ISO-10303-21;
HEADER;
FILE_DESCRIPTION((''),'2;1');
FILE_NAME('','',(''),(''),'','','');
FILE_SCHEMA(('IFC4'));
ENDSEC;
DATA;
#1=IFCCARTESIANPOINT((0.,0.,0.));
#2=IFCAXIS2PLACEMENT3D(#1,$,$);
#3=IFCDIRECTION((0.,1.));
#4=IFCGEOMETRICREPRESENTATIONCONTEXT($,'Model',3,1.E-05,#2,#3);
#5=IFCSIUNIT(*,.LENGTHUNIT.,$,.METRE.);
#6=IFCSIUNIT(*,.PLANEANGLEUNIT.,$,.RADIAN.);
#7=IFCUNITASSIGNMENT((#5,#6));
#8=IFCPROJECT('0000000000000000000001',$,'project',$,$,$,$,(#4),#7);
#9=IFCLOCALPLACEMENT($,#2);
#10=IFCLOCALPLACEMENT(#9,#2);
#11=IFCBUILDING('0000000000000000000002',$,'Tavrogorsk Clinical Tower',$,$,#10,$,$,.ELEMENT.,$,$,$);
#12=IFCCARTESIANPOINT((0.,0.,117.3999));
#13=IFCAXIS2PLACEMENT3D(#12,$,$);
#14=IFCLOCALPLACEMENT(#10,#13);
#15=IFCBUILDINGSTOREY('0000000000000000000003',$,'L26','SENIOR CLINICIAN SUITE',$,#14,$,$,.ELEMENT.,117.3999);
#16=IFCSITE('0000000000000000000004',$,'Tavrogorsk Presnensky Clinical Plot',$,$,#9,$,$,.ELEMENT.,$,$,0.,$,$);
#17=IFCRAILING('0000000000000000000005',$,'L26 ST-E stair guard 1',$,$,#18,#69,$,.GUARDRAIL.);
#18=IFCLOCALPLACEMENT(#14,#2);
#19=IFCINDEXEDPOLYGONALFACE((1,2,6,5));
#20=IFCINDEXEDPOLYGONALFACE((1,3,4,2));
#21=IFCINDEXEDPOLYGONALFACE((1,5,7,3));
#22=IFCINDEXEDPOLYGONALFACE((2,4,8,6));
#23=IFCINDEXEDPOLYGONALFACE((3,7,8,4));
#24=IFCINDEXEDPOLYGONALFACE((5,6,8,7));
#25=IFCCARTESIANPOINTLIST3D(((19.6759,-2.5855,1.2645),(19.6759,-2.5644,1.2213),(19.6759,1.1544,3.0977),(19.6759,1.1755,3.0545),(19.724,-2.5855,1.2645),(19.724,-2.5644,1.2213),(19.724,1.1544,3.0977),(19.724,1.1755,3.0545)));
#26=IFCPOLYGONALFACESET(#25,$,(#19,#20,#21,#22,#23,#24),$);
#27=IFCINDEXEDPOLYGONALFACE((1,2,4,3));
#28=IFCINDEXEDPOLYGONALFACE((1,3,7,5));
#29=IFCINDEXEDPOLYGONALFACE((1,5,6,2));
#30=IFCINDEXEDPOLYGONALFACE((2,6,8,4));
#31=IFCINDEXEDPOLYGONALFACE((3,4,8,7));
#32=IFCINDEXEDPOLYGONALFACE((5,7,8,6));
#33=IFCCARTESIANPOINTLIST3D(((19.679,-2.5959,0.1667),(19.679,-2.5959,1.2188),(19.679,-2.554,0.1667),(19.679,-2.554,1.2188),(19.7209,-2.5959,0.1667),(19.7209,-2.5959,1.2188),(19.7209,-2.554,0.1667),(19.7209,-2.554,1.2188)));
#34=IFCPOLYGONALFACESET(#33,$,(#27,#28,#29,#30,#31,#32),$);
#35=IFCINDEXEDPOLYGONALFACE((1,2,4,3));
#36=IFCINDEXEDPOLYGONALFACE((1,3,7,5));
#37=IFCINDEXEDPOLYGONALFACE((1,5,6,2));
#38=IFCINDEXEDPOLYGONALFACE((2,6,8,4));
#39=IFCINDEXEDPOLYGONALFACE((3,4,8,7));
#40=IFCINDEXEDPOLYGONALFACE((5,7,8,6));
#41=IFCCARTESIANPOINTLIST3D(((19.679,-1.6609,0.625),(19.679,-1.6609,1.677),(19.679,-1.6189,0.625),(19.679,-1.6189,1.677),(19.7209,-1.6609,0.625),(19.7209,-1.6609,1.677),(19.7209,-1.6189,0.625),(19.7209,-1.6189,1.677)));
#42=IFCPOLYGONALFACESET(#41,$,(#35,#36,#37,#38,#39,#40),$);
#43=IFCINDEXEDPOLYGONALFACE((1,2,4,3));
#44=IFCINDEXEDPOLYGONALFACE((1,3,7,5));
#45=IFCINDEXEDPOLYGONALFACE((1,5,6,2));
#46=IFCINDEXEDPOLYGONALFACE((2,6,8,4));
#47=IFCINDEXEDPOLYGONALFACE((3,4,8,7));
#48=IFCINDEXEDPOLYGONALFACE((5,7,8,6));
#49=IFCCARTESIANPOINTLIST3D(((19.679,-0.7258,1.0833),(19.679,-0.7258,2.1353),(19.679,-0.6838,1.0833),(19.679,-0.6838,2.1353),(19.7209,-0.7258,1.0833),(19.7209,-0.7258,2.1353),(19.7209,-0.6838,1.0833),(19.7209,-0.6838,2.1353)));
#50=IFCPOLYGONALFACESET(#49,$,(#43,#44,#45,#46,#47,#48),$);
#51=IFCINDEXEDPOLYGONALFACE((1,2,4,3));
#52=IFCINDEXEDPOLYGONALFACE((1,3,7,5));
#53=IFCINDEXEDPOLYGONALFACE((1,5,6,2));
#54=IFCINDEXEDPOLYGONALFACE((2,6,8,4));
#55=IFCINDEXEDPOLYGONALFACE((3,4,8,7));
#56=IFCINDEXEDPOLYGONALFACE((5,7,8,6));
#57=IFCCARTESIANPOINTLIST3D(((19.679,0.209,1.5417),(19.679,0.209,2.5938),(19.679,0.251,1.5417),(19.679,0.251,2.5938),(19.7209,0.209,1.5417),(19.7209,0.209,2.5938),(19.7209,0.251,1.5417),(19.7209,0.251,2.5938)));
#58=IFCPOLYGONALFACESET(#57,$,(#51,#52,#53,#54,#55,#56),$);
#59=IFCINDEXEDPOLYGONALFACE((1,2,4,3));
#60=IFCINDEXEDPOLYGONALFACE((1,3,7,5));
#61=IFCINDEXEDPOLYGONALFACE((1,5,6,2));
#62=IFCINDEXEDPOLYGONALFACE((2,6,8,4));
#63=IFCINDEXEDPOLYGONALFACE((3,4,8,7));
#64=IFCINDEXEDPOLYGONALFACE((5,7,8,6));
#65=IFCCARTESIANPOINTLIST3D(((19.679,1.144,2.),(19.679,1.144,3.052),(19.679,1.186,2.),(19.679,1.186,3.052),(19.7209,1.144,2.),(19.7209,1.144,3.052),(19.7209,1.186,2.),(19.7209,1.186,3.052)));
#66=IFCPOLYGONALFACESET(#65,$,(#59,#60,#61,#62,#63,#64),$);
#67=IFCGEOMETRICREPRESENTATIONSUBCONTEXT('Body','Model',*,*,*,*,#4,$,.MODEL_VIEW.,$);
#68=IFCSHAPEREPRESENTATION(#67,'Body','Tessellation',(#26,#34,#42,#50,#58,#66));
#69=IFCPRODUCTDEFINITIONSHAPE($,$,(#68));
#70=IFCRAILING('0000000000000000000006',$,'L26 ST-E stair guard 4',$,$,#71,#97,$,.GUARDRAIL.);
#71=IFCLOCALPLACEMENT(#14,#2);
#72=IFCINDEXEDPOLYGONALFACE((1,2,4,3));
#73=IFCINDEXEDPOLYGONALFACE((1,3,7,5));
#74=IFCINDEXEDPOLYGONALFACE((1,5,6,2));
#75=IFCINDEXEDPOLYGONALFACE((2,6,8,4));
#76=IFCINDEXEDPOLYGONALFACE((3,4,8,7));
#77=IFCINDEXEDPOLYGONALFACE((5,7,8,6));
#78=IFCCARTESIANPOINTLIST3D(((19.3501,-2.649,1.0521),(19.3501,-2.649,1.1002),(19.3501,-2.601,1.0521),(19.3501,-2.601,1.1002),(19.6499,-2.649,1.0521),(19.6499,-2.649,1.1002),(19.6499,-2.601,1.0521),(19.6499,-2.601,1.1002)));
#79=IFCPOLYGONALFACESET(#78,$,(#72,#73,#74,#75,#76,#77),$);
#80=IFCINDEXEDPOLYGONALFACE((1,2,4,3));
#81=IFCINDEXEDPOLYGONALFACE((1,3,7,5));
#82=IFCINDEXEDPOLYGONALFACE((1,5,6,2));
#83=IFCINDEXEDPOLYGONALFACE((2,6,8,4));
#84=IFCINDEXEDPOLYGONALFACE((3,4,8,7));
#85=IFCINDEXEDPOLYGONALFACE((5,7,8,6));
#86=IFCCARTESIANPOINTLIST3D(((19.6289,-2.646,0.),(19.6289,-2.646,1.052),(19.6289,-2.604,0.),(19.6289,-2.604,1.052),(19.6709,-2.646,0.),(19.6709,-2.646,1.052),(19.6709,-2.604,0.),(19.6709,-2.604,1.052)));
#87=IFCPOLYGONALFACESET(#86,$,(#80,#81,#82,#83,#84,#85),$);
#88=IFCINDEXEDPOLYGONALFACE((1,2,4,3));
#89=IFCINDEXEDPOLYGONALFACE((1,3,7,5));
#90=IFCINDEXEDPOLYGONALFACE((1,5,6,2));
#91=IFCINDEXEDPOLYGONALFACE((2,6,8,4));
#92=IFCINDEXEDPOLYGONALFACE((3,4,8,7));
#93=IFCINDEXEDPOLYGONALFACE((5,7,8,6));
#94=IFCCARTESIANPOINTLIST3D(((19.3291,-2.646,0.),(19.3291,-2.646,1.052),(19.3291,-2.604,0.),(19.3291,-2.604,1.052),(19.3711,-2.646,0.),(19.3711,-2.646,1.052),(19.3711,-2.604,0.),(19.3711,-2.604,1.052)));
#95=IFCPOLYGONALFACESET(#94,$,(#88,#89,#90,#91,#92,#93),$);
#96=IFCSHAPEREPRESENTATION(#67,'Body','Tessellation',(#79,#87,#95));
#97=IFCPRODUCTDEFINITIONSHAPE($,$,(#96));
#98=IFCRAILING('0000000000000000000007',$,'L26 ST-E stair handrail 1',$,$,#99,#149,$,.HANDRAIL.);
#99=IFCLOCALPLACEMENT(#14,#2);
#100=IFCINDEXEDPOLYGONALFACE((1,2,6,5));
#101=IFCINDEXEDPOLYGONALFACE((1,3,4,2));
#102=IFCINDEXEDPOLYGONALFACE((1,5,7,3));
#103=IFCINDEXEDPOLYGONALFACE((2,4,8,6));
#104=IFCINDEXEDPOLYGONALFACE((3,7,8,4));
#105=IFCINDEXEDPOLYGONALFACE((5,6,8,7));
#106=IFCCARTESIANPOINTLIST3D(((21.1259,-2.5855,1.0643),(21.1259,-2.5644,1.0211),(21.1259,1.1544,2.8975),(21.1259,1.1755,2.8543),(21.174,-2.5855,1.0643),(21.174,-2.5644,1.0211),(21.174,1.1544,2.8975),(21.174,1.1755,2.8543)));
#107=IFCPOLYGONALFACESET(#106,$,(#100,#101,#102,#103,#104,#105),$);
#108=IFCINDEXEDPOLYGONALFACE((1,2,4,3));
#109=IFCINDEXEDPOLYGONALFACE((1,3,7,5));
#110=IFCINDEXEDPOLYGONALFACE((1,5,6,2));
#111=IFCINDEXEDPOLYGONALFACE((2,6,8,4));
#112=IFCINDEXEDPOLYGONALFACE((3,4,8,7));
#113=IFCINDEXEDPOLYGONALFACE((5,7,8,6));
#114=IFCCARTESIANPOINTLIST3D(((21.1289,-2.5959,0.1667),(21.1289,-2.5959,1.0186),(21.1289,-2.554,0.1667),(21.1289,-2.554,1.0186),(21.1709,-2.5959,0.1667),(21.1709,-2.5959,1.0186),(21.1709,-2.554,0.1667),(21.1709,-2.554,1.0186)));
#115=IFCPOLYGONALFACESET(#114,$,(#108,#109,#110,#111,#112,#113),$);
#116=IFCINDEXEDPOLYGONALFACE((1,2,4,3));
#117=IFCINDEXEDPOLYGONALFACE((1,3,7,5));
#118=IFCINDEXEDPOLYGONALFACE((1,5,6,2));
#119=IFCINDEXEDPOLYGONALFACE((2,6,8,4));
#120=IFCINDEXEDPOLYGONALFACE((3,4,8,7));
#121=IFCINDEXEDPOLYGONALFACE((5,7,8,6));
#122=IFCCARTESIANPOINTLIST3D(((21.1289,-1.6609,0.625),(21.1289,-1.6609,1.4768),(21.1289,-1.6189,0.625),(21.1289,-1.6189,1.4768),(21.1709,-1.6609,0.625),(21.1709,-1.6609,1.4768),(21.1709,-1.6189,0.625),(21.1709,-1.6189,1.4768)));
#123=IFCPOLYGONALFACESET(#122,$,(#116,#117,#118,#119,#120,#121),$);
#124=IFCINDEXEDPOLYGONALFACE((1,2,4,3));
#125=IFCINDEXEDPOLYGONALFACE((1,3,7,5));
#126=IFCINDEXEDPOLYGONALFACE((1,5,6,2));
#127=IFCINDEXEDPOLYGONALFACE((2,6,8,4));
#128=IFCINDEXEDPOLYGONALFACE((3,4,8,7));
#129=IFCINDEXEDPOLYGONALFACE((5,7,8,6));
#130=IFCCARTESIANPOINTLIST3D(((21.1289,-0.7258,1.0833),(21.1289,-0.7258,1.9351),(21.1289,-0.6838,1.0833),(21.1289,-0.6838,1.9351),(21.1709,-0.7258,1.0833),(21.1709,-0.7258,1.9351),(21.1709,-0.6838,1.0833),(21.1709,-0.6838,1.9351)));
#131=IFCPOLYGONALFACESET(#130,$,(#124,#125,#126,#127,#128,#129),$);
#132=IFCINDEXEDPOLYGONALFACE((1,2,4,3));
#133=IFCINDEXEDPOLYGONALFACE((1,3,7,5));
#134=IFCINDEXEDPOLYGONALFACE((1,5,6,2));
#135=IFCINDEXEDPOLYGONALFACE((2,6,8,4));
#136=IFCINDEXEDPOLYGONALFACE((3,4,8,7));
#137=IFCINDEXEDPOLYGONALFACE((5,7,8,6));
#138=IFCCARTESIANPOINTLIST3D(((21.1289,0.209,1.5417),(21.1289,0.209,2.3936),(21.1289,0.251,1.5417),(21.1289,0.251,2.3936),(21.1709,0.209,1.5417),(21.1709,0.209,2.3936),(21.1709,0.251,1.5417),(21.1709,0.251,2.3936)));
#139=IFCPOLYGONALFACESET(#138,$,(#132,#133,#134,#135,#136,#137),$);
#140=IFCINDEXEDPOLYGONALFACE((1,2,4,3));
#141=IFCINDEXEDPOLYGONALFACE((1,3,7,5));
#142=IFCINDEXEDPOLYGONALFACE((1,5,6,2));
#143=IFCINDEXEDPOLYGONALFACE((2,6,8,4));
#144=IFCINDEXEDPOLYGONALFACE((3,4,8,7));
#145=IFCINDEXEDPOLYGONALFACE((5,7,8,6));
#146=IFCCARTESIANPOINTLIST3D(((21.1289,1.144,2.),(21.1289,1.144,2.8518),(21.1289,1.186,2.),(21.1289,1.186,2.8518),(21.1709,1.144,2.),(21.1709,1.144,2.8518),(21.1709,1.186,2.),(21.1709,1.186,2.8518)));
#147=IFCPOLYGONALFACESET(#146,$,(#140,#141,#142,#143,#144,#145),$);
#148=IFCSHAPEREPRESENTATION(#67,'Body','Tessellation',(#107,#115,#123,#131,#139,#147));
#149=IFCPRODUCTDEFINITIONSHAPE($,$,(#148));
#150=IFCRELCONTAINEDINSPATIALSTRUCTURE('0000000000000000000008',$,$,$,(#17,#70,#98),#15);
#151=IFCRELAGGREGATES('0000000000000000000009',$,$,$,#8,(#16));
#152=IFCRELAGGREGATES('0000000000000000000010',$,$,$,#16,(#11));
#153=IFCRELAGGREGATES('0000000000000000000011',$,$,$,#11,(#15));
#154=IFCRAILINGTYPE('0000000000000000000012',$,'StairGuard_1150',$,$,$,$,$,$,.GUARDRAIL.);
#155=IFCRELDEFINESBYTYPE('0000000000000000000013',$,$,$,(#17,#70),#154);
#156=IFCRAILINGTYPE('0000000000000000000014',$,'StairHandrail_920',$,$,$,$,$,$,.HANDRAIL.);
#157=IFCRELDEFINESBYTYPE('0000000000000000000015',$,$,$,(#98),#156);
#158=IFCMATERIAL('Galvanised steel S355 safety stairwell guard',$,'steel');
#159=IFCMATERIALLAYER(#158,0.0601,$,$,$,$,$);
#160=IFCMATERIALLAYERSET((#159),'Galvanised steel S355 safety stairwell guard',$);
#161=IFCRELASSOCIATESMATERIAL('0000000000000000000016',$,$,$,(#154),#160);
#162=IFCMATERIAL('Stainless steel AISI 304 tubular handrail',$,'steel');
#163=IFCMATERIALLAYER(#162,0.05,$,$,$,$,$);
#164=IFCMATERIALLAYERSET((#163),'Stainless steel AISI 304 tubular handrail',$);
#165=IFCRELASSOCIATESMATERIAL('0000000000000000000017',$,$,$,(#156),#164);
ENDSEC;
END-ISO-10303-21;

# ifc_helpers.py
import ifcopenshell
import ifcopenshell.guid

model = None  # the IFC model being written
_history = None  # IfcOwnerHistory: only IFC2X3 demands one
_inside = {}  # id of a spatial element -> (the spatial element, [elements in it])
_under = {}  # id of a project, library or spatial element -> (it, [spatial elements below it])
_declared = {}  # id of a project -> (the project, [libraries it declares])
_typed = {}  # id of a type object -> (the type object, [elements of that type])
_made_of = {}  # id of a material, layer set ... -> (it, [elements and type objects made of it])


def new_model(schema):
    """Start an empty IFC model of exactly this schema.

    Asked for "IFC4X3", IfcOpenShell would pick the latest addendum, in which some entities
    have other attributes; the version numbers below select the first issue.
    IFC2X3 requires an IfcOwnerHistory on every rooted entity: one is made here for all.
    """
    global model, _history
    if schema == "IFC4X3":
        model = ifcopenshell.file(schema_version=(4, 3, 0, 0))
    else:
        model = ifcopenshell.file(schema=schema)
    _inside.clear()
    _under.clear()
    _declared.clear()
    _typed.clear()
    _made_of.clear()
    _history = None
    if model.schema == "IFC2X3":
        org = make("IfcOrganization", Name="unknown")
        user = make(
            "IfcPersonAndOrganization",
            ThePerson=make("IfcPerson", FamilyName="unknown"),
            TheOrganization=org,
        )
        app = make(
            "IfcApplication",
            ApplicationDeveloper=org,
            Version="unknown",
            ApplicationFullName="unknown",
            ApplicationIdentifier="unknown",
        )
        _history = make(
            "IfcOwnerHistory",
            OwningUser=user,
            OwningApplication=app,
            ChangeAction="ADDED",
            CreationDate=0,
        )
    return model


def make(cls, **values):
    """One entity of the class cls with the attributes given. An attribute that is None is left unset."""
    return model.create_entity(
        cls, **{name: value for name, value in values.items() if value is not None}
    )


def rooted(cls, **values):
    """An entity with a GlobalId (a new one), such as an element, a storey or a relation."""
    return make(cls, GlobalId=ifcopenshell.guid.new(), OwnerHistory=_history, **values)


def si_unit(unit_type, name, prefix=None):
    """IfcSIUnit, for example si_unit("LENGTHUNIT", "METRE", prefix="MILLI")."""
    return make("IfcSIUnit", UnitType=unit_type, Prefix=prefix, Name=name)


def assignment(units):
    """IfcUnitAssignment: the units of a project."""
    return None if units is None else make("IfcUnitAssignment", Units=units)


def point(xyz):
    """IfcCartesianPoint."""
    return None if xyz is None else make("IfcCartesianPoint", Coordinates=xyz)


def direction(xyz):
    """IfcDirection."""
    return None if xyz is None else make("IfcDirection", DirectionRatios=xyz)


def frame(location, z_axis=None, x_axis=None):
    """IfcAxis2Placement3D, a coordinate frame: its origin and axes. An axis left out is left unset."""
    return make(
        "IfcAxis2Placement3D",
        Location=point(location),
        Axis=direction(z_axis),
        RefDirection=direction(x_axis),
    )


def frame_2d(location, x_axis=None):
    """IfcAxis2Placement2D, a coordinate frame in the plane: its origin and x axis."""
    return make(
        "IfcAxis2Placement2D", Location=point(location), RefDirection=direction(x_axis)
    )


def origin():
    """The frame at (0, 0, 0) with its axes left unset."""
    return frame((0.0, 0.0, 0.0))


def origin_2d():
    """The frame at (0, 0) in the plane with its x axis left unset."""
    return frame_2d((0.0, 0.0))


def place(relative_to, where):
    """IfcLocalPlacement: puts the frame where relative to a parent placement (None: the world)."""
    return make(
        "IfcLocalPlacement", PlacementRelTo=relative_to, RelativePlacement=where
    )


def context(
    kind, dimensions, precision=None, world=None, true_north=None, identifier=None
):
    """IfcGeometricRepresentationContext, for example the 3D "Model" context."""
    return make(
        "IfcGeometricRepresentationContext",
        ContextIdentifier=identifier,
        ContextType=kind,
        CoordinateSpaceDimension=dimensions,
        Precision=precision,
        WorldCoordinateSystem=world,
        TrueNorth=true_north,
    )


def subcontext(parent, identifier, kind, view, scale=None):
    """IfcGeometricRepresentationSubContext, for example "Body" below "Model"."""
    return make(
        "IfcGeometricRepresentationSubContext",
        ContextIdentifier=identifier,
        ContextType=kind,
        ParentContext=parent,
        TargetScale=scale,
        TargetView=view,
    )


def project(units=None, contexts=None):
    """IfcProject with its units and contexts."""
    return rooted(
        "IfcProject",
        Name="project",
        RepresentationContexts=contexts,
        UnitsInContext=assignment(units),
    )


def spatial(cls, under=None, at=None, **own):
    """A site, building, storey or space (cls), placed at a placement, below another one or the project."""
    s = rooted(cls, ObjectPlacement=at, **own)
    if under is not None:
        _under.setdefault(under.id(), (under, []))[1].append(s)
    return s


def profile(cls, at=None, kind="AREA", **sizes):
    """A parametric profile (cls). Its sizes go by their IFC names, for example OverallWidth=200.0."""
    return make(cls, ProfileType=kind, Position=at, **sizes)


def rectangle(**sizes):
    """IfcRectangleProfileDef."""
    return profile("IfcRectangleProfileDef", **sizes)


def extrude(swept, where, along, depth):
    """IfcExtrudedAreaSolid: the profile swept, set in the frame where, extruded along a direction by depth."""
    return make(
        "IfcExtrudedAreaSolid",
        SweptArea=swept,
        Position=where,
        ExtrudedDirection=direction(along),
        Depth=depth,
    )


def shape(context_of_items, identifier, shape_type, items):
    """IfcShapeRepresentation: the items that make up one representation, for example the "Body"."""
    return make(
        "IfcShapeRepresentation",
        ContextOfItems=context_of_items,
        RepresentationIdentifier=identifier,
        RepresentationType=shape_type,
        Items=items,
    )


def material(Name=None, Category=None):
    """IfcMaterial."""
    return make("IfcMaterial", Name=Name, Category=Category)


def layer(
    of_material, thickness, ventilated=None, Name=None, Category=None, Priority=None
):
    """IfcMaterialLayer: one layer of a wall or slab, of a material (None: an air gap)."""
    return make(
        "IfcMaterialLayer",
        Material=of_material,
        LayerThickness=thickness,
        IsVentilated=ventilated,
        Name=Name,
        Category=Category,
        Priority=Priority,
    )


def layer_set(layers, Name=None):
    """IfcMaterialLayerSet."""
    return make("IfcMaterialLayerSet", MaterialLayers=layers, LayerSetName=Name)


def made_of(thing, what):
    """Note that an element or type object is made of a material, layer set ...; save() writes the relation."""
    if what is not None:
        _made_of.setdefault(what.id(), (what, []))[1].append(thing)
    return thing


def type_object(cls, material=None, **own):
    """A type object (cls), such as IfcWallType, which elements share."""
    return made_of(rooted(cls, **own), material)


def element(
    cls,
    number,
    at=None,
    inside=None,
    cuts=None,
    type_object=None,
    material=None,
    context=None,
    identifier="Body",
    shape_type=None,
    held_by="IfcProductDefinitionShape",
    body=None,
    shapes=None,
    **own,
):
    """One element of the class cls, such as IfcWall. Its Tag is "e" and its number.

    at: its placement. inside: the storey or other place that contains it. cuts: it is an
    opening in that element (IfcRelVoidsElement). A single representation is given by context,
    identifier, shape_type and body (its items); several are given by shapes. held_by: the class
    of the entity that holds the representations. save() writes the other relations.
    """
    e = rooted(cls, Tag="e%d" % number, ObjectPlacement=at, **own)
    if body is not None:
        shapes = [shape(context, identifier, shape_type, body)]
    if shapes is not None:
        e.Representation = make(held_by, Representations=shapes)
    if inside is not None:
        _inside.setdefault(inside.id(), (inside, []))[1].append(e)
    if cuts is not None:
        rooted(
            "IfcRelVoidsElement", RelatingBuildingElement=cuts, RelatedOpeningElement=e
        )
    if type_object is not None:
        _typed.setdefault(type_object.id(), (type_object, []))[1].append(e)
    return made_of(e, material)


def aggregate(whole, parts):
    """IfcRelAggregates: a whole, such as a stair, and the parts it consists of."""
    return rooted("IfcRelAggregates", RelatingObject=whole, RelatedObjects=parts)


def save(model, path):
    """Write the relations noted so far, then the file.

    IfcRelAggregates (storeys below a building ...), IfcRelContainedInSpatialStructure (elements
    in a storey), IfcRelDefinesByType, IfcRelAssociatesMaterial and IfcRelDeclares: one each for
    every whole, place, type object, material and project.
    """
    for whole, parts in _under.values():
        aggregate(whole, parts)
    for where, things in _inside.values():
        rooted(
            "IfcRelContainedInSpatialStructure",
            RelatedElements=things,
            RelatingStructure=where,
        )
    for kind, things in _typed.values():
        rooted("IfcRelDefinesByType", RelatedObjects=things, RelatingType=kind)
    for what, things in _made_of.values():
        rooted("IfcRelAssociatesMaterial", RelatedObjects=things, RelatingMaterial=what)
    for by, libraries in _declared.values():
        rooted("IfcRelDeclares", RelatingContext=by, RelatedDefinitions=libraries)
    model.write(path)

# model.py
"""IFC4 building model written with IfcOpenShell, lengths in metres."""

from ifc_helpers import new_model, si_unit, direction, frame, origin, origin_2d, place, context, subcontext, project, spatial, rectangle, extrude, material, layer, layer_set, type_object, element, save


model = new_model("IFC4")

# Units and contexts
model_context = context("Model", 3, precision=1e-05, world=origin(), true_north=direction((0.0, 1.0)))
body_context = subcontext(model_context, "Body", "Model", "MODEL_VIEW")
ifc_project = project(units=[si_unit("LENGTHUNIT", "METRE"), si_unit("PLANEANGLEUNIT", "RADIAN")], contexts=[model_context])

# Site, building, storey
site_placement = place(None, origin())
site = spatial("IfcSite", under=ifc_project, at=site_placement, Name="Tavrogorsk Presnensky Clinical Plot", CompositionType="ELEMENT", RefElevation=0.0)
building_placement = place(site_placement, origin())
building = spatial("IfcBuilding", under=site, at=building_placement, Name="Tavrogorsk Clinical Tower", CompositionType="ELEMENT")
storey_placement = place(building_placement, frame((0.0, 0.0, 117.3999)))
storey = spatial("IfcBuildingStorey", under=building, at=storey_placement, Name="L26", Description="SENIOR CLINICIAN SUITE", CompositionType="ELEMENT", Elevation=117.3999)

# Railings
ifc_material_1 = material(Name="Galvanised steel S355 safety stairwell guard", Category="steel")
ifc_layer_1 = layer(ifc_material_1, 0.0601)
ifc_layer_set_1 = layer_set([ifc_layer_1], Name="Galvanised steel S355 safety stairwell guard")
railing_type_1 = type_object("IfcRailingType", Name="StairGuard_1150", PredefinedType="GUARDRAIL", material=ifc_layer_set_1)
railing_1_placement = place(storey_placement, frame((19.7, -2.575, 0.1667)))
element("IfcRailing", 1, at=railing_1_placement, inside=storey, type_object=railing_type_1, Name="L26 ST-E stair guard 1", PredefinedType="GUARDRAIL", context=body_context, shape_type="SweptSolid", body=[
    extrude(rectangle(XDim=0.0481, YDim=0.0481, at=origin_2d()), frame((0.0, 0.0, 1.0762), z_axis=(0.0, 0.897928, 0.440142), x_axis=(-1.0, 0.0, 0.0)), (0.0, 0.0, 1.0), 4.165),
    extrude(rectangle(XDim=0.042, YDim=0.042, at=origin_2d()), origin(), (0.0, 0.0, 1.0), 1.052),
    extrude(rectangle(XDim=0.042, YDim=0.042, at=origin_2d()), frame((0.0, 0.9351, 0.4583)), (0.0, 0.0, 1.0), 1.052),
    extrude(rectangle(XDim=0.042, YDim=0.042, at=origin_2d()), frame((0.0, 1.8701, 0.9165)), (0.0, 0.0, 1.0), 1.052),
    extrude(rectangle(XDim=0.042, YDim=0.042, at=origin_2d()), frame((0.0, 2.8049, 1.375)), (0.0, 0.0, 1.0), 1.052),
    extrude(rectangle(XDim=0.042, YDim=0.042, at=origin_2d()), frame((0.0, 3.74, 1.8333)), (0.0, 0.0, 1.0), 1.052),
])
railing_2_placement = place(storey_placement, frame((19.6499, -2.625, 0.0)))
element("IfcRailing", 2, at=railing_2_placement, inside=storey, type_object=railing_type_1, Name="L26 ST-E stair guard 4", PredefinedType="GUARDRAIL", context=body_context, shape_type="SweptSolid", body=[
    extrude(rectangle(XDim=0.0481, YDim=0.0481, at=origin_2d()), frame((0.0, 0.0, 1.0762), z_axis=(-1.0, 0.0, 0.0), x_axis=(0.0, -1.0, 0.0)), (0.0, 0.0, 1.0), 0.2998),
    extrude(rectangle(XDim=0.042, YDim=0.042, at=origin_2d()), origin(), (0.0, 0.0, 1.0), 1.052),
    extrude(rectangle(XDim=0.042, YDim=0.042, at=origin_2d()), frame((-0.2998, 0.0, 0.0)), (0.0, 0.0, 1.0), 1.052),
])
ifc_material_2 = material(Name="Stainless steel AISI 304 tubular handrail", Category="steel")
ifc_layer_2 = layer(ifc_material_2, 0.05)
ifc_layer_set_2 = layer_set([ifc_layer_2], Name="Stainless steel AISI 304 tubular handrail")
railing_type_2 = type_object("IfcRailingType", Name="StairHandrail_920", PredefinedType="HANDRAIL", material=ifc_layer_set_2)
railing_3_placement = place(storey_placement, frame((21.1499, -2.575, 0.1667)))
element("IfcRailing", 3, at=railing_3_placement, inside=storey, type_object=railing_type_2, Name="L26 ST-E stair handrail 1", PredefinedType="HANDRAIL", context=body_context, shape_type="SweptSolid", body=[
    extrude(rectangle(XDim=0.0481, YDim=0.0481, at=origin_2d()), frame((0.0, 0.0, 0.876), z_axis=(0.0, 0.897928, 0.440142), x_axis=(-1.0, 0.0, 0.0)), (0.0, 0.0, 1.0), 4.165),
    extrude(rectangle(XDim=0.042, YDim=0.042, at=origin_2d()), origin(), (0.0, 0.0, 1.0), 0.8518),
    extrude(rectangle(XDim=0.042, YDim=0.042, at=origin_2d()), frame((0.0, 0.9351, 0.4583)), (0.0, 0.0, 1.0), 0.8518),
    extrude(rectangle(XDim=0.042, YDim=0.042, at=origin_2d()), frame((0.0, 1.8701, 0.9165)), (0.0, 0.0, 1.0), 0.8518),
    extrude(rectangle(XDim=0.042, YDim=0.042, at=origin_2d()), frame((0.0, 2.8049, 1.375)), (0.0, 0.0, 1.0), 0.8518),
    extrude(rectangle(XDim=0.042, YDim=0.042, at=origin_2d()), frame((0.0, 3.74, 1.8333)), (0.0, 0.0, 1.0), 0.8518),
])

save(model, "model.ifc")
